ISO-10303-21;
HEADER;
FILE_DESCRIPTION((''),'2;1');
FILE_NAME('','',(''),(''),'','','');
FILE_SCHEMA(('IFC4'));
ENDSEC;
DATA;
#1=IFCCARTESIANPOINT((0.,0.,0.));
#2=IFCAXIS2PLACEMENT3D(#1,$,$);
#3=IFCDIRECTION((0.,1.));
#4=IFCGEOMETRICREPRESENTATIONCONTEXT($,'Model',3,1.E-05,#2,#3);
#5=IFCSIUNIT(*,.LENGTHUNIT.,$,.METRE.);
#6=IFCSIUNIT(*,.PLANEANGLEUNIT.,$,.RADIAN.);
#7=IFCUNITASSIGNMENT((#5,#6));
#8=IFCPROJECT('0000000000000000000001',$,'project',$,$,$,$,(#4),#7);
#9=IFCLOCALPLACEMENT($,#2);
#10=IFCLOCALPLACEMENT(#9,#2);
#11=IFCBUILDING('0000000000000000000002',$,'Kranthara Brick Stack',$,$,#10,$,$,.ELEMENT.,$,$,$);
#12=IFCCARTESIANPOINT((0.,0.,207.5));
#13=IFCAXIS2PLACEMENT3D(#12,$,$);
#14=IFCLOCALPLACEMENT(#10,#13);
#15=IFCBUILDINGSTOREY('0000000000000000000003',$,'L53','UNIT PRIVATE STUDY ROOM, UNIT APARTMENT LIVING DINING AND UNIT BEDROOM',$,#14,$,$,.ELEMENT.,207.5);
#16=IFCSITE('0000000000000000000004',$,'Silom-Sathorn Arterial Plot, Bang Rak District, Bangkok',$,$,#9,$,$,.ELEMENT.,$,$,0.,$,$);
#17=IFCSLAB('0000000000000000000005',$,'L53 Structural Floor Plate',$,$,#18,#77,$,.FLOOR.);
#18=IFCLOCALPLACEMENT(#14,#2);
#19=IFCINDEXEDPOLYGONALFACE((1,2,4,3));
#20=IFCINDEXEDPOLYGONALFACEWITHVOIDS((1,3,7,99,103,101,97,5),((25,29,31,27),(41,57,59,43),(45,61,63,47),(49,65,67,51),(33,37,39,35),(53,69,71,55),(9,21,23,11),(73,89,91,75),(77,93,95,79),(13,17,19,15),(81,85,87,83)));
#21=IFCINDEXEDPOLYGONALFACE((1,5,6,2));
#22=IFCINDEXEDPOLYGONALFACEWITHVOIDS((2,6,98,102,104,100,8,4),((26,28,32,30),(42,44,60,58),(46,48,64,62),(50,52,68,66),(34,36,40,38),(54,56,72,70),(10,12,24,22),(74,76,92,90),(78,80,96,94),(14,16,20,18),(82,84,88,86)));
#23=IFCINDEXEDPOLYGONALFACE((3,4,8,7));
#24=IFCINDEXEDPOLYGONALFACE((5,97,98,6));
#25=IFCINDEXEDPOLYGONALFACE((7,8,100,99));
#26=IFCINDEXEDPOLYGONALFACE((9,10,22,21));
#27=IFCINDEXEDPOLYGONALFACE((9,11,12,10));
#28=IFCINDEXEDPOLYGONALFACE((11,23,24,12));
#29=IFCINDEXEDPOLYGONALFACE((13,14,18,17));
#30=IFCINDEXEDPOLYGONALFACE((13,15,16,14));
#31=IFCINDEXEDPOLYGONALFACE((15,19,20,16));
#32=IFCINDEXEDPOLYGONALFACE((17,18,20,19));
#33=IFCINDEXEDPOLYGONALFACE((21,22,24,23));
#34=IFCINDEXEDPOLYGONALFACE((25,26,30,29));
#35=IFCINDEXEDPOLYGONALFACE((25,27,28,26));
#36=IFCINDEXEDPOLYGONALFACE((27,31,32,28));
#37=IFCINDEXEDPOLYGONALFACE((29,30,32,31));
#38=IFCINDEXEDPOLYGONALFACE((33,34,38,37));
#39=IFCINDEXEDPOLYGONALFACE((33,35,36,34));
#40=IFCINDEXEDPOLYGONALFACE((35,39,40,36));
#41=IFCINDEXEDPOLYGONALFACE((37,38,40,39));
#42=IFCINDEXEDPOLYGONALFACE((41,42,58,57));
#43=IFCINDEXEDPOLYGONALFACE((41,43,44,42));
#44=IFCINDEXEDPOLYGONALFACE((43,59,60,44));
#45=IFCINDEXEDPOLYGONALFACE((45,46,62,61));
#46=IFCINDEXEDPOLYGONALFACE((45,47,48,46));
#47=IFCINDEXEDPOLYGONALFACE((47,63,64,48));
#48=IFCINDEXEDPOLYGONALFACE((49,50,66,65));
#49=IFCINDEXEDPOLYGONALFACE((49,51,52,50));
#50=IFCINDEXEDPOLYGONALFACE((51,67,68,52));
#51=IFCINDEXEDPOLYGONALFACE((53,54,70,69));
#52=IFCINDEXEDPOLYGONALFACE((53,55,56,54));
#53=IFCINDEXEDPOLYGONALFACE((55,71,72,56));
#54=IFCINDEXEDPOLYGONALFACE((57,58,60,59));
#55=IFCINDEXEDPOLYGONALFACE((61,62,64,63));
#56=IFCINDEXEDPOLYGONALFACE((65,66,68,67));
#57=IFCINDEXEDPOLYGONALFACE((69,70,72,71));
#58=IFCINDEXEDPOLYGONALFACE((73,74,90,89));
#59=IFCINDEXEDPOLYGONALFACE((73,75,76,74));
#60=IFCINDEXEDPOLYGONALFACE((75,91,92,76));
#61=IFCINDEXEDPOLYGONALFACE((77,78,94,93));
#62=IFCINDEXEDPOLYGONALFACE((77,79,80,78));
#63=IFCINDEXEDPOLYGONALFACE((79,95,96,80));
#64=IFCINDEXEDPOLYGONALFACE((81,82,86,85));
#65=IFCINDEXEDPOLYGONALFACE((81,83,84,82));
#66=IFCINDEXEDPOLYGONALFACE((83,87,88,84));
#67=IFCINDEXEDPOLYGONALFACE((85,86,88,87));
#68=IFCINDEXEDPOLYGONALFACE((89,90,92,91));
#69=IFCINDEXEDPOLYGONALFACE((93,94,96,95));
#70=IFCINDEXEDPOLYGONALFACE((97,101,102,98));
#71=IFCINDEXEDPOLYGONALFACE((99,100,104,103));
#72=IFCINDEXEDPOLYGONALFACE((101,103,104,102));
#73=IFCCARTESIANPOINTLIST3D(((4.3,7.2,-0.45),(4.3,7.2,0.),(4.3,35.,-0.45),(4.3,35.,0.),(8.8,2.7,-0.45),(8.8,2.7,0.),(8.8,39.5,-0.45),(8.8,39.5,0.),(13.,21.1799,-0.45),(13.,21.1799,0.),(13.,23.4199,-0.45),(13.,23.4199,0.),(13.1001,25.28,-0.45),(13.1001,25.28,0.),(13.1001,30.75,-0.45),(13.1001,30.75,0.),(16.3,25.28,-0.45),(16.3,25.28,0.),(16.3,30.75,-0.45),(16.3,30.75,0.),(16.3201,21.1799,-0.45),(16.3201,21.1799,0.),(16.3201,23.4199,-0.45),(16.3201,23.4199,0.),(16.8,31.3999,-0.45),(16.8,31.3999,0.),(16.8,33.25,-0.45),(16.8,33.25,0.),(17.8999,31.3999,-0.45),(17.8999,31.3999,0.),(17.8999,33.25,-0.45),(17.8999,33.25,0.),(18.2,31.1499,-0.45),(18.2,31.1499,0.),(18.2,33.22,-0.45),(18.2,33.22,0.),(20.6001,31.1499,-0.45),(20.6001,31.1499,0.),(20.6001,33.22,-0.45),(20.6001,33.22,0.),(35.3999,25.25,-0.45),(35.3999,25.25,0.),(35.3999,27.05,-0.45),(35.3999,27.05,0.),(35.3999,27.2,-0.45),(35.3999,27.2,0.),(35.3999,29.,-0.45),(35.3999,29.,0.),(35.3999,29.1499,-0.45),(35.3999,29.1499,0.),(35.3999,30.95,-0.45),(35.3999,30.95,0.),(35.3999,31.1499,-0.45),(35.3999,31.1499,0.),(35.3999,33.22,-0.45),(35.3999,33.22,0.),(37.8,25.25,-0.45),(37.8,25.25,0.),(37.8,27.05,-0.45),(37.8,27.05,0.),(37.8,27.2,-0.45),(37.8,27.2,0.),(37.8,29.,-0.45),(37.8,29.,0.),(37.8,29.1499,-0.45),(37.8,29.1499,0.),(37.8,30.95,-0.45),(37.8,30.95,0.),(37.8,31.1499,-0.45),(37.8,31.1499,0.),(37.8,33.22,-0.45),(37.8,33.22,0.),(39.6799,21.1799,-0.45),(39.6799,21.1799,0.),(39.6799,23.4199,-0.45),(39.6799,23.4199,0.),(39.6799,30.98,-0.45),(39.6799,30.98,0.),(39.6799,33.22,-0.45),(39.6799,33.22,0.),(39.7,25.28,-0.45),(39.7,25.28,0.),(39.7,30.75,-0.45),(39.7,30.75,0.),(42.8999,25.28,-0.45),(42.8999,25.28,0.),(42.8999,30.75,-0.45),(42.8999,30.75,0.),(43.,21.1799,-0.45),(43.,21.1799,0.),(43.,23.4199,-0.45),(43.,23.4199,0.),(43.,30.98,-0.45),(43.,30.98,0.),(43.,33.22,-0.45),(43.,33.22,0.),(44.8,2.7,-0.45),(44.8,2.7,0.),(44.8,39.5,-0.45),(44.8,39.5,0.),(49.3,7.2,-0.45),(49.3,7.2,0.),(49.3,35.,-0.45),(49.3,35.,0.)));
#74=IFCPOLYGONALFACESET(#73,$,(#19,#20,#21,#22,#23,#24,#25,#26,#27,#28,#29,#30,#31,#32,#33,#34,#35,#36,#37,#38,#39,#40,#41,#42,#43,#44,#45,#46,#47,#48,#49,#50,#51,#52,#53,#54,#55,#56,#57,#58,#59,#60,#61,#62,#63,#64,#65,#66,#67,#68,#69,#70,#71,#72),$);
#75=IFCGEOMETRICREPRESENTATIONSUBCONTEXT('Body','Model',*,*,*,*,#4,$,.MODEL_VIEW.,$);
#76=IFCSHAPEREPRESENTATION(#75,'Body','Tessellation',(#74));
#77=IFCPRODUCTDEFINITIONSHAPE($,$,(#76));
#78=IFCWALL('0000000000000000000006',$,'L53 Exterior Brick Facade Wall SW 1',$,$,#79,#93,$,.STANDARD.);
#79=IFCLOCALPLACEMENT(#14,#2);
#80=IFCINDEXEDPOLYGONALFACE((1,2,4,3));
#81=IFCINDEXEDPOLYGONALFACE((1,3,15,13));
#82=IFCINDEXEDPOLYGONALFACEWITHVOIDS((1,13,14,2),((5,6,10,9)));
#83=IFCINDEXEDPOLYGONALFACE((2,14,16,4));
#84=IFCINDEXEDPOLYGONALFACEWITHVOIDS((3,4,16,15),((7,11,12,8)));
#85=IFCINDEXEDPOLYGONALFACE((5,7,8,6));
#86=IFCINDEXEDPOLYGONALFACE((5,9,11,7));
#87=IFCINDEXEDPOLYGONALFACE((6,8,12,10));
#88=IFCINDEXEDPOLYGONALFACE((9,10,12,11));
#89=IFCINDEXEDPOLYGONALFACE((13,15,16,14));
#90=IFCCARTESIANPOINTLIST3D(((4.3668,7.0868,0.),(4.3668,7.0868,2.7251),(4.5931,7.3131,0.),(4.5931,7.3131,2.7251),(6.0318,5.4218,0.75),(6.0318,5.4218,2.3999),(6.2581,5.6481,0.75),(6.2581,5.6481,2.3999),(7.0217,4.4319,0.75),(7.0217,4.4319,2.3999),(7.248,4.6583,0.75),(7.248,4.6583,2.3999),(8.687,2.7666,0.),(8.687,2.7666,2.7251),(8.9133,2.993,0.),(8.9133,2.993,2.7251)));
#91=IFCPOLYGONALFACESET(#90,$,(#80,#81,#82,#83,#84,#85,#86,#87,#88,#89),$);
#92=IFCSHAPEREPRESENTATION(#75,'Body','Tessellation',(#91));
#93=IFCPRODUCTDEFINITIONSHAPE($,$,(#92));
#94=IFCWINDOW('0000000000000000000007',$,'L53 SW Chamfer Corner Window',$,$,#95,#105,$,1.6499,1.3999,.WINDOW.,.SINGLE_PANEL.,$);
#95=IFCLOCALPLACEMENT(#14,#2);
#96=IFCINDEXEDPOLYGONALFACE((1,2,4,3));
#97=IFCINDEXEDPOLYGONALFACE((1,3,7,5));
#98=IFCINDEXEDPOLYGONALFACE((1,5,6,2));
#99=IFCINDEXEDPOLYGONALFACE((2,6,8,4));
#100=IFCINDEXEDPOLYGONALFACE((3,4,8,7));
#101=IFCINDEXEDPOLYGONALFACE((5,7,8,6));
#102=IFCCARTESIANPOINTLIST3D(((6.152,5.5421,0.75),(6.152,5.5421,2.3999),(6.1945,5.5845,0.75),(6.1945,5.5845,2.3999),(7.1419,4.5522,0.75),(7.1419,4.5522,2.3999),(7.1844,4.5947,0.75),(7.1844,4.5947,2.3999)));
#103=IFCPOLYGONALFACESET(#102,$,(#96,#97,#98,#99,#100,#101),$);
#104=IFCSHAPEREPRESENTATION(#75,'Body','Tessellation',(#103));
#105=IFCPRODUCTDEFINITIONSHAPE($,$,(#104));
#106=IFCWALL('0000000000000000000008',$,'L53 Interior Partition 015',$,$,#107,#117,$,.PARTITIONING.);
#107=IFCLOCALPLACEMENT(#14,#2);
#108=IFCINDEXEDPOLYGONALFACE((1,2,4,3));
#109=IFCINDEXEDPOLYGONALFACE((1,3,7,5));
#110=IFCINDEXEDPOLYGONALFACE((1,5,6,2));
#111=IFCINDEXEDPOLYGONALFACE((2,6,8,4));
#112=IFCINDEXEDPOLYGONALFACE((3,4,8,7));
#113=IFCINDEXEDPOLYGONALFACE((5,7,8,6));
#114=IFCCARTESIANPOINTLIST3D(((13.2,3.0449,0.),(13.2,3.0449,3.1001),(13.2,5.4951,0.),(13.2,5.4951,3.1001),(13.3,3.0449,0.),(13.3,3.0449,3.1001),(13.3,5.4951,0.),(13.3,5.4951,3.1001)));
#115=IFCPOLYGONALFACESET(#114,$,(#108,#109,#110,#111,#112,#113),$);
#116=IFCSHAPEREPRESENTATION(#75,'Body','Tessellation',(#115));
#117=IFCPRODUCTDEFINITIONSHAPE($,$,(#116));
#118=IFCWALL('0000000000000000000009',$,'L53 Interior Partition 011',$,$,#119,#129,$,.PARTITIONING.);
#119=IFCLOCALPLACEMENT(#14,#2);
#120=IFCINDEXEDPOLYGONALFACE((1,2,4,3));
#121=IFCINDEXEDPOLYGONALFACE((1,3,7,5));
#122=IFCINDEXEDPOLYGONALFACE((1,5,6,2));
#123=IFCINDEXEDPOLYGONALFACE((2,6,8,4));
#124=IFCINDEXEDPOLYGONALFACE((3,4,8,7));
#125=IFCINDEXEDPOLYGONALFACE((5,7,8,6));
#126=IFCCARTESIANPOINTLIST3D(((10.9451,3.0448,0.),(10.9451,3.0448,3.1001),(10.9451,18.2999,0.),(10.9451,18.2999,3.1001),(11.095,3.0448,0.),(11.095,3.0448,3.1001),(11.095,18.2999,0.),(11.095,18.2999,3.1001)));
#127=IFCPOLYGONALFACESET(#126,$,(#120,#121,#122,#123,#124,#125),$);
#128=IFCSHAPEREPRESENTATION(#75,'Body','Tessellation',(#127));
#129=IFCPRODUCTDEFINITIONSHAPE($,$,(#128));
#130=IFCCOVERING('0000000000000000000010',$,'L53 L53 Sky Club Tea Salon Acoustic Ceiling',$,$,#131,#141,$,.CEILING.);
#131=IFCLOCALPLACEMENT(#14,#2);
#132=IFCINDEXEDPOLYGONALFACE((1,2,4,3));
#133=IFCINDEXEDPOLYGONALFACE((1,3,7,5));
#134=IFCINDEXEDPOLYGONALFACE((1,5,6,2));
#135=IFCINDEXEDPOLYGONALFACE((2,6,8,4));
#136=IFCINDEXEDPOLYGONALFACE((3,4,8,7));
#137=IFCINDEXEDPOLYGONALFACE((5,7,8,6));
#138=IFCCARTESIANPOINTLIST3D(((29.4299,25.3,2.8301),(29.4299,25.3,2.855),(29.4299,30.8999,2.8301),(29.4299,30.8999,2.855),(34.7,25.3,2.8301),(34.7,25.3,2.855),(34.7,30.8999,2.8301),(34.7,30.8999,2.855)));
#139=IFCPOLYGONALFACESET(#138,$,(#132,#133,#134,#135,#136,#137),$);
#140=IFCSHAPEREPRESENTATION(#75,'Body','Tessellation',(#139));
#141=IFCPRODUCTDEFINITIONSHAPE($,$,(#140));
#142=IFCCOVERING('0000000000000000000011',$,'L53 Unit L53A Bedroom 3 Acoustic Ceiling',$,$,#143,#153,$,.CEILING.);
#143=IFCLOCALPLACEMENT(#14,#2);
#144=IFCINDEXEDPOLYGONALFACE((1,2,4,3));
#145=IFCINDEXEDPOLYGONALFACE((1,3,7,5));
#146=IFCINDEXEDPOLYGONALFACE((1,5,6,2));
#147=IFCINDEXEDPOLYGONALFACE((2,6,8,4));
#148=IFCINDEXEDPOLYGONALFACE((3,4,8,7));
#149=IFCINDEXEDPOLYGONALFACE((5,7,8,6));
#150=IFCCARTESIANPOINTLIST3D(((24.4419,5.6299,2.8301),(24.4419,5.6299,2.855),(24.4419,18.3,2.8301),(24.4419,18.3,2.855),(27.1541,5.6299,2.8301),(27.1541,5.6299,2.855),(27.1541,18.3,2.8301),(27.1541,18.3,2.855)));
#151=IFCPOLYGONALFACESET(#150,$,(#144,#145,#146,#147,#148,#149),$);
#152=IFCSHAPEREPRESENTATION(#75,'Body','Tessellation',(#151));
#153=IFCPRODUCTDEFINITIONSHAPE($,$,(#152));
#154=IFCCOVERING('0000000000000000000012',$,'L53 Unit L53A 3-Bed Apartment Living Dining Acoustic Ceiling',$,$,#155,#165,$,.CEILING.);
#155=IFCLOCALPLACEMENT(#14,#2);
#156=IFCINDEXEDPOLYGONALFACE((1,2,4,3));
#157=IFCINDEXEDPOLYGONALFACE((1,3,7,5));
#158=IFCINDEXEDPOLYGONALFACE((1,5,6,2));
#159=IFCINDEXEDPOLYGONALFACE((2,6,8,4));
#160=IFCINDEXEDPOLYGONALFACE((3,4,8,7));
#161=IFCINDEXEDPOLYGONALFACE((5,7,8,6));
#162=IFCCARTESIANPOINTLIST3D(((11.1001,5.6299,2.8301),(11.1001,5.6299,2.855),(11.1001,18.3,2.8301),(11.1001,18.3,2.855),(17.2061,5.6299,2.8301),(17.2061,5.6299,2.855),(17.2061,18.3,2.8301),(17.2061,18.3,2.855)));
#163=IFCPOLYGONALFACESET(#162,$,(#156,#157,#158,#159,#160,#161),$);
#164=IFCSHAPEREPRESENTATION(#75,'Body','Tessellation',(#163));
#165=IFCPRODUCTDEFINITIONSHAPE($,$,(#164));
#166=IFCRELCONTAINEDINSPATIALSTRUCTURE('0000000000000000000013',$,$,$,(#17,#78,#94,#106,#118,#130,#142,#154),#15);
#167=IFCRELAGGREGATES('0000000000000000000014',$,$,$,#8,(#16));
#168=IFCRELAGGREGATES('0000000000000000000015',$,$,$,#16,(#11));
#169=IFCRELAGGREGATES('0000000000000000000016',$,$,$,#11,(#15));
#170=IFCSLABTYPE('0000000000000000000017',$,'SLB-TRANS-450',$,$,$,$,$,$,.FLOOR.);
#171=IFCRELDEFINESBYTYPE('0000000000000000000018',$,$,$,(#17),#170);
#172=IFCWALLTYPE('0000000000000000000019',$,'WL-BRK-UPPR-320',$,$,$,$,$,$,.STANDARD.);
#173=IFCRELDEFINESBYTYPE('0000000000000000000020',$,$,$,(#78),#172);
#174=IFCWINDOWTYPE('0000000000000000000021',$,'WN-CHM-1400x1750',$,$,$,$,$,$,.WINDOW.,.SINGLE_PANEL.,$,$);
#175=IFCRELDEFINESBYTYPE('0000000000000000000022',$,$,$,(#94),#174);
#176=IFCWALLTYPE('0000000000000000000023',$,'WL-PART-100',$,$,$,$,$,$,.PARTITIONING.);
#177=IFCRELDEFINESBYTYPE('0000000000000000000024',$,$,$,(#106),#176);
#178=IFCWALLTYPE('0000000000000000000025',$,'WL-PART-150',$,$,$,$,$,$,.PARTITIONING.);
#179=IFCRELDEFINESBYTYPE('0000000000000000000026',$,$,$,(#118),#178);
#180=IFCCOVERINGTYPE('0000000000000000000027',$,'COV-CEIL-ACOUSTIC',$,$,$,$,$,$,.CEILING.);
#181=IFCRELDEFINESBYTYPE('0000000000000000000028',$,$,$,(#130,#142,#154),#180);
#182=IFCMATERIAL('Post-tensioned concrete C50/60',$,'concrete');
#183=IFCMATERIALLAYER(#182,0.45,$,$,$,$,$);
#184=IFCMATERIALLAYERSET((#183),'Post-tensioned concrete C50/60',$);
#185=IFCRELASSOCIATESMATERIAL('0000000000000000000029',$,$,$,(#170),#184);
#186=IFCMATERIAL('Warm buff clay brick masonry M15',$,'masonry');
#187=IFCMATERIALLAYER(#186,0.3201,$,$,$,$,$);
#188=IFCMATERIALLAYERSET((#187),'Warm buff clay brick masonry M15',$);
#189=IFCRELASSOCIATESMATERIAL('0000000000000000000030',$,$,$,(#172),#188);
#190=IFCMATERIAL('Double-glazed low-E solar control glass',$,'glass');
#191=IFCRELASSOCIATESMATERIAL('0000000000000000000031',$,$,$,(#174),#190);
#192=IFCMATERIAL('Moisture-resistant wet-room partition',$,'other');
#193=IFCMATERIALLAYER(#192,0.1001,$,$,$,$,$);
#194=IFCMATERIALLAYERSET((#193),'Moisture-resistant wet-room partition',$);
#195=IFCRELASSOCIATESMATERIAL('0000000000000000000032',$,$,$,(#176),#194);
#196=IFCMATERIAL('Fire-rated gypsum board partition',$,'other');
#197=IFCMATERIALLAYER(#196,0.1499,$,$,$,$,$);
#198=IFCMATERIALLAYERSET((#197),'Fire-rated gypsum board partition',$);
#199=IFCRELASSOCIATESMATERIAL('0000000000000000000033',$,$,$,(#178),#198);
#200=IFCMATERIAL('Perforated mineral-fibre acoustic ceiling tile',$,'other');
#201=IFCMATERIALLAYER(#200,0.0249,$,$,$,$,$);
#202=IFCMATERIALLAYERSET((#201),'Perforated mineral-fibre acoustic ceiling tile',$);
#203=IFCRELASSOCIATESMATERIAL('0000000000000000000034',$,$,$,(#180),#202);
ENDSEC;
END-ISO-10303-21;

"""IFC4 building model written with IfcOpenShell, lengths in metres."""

from ifc_helpers import new_model, si_unit, direction, frame, frame_2d, origin, place, context, subcontext, project, spatial, polyline, rectangle, outline, extrude, material, layer, layer_set, type_object, element, fill, save


model = new_model("IFC4")

# Units and contexts
model_context = context("Model", 3, precision=1e-05, world=origin(), true_north=direction((0.0, 1.0)))
body_context = subcontext(model_context, "Body", "Model", "MODEL_VIEW")
ifc_project = project(units=[si_unit("LENGTHUNIT", "METRE"), si_unit("PLANEANGLEUNIT", "RADIAN")], contexts=[model_context])

# Site, building, storey
site_placement = place(None, origin())
site = spatial("IfcSite", under=ifc_project, at=site_placement, Name="Silom-Sathorn Arterial Plot, Bang Rak District, Bangkok", CompositionType="ELEMENT", RefElevation=0.0)
building_placement = place(site_placement, origin())
building = spatial("IfcBuilding", under=site, at=building_placement, Name="Kranthara Brick Stack", CompositionType="ELEMENT")
storey_placement = place(building_placement, frame((0.0, 0.0, 207.5)))
storey = spatial("IfcBuildingStorey", under=building, at=storey_placement, Name="L53", Description="UNIT PRIVATE STUDY ROOM, UNIT APARTMENT LIVING DINING AND UNIT BEDROOM", CompositionType="ELEMENT", Elevation=207.5)

# Slab
ifc_material_1 = material(Name="Post-tensioned concrete C50/60", Category="concrete")
ifc_layer_1 = layer(ifc_material_1, 0.45)
ifc_layer_set_1 = layer_set([ifc_layer_1], Name="Post-tensioned concrete C50/60")
slab_type_1 = type_object("IfcSlabType", Name="SLB-TRANS-450", PredefinedType="FLOOR", material=ifc_layer_set_1)
slab_1_placement = place(storey_placement, frame((0.0, 0.0, -0.45)))
element("IfcSlab", 1, at=slab_1_placement, inside=storey, type_object=slab_type_1, Name="L53 Structural Floor Plate", PredefinedType="FLOOR", context=body_context, shape_type="SweptSolid", body=[
    extrude(outline(polyline([(8.8, 2.7), (44.8, 2.7), (49.3, 7.2), (49.3, 35.0), (44.8, 39.5), (8.8, 39.5), (4.3, 35.0), (4.3, 7.2), (8.8, 2.7)]), holes=[polyline([(13.1001, 25.28), (16.3, 25.28), (16.3, 30.75), (13.1001, 30.75), (13.1001, 25.28)]), polyline([(39.7, 25.28), (42.8999, 25.28), (42.8999, 30.75), (39.7, 30.75), (39.7, 25.28)]), polyline([(13.0, 21.1799), (16.3201, 21.1799), (16.3201, 23.4199), (13.0, 23.4199), (13.0, 21.1799)]), polyline([(39.6799, 21.1799), (43.0, 21.1799), (43.0, 23.4199), (39.6799, 23.4199), (39.6799, 21.1799)]), polyline([(39.6799, 30.98), (43.0, 30.98), (43.0, 33.22), (39.6799, 33.22), (39.6799, 30.98)]), polyline([(35.3999, 25.25), (37.8, 25.25), (37.8, 27.05), (35.3999, 27.05), (35.3999, 25.25)]), polyline([(35.3999, 27.2), (37.8, 27.2), (37.8, 29.0), (35.3999, 29.0), (35.3999, 27.2)]), polyline([(35.3999, 29.1499), (37.8, 29.1499), (37.8, 30.95), (35.3999, 30.95), (35.3999, 29.1499)]), polyline([(18.2, 31.1499), (20.6001, 31.1499), (20.6001, 33.22), (18.2, 33.22), (18.2, 31.1499)]), polyline([(35.3999, 31.1499), (37.8, 31.1499), (37.8, 33.22), (35.3999, 33.22), (35.3999, 31.1499)]), polyline([(16.8, 31.3999), (17.8999, 31.3999), (17.8999, 33.25), (16.8, 33.25), (16.8, 31.3999)])]), origin(), (0.0, 0.0, 1.0), 0.45),
])

# Wall, opening, window
ifc_material_2 = material(Name="Warm buff clay brick masonry M15", Category="masonry")
ifc_layer_2 = layer(ifc_material_2, 0.3201)
ifc_layer_set_2 = layer_set([ifc_layer_2], Name="Warm buff clay brick masonry M15")
wall_type_1 = type_object("IfcWallType", Name="WL-BRK-UPPR-320", PredefinedType="STANDARD", material=ifc_layer_set_2)
wall_1_placement = place(storey_placement, frame((8.8, 2.8799, 0.0), z_axis=(0.0, 0.0, 1.0), x_axis=(-0.707107, 0.707107, 0.0)))
wall_1 = element("IfcWall", 2, at=wall_1_placement, inside=storey, type_object=wall_type_1, Name="L53 Exterior Brick Facade Wall SW 1", PredefinedType="STANDARD", context=body_context, shape_type="SweptSolid", body=[
    extrude(rectangle(XDim=6.1096, YDim=0.3201, at=frame_2d((3.0547, 0.0))), origin(), (0.0, 0.0, 1.0), 2.7251),
])
opening_placement = place(wall_1_placement, frame((2.355, 0.0, 0.75)))
opening = element("IfcOpeningElement", 3, at=opening_placement, cuts=wall_1, PredefinedType="OPENING", context=body_context, shape_type="SweptSolid", body=[
    extrude(rectangle(XDim=1.3999, YDim=1.6499, at=frame_2d((0.7, 0.825))), frame((0.0, 0.1699, 0.0), z_axis=(0.0, -1.0, 0.0), x_axis=(1.0, 0.0, 0.0)), (0.0, 0.0, 1.0), 0.3401),
])
ifc_material_3 = material(Name="Double-glazed low-E solar control glass", Category="glass")
window_type = type_object("IfcWindowType", Name="WN-CHM-1400x1750", PartitioningType="SINGLE_PANEL", PredefinedType="WINDOW", material=ifc_material_3)
window_placement = place(opening_placement, origin())
window = element("IfcWindow", 4, at=window_placement, inside=storey, type_object=window_type, Name="L53 SW Chamfer Corner Window", OverallHeight=1.6499, OverallWidth=1.3999, PartitioningType="SINGLE_PANEL", PredefinedType="WINDOW", context=body_context, shape_type="SweptSolid", body=[
    extrude(rectangle(XDim=1.3999, YDim=1.6499, at=frame_2d((0.7, 0.825))), frame((0.0, -0.01, 0.0), z_axis=(0.0, -1.0, 0.0), x_axis=(1.0, 0.0, 0.0)), (0.0, 0.0, 1.0), 0.0601),
])
fill(opening, window)

# Walls
ifc_material_4 = material(Name="Moisture-resistant wet-room partition", Category="other")
ifc_layer_3 = layer(ifc_material_4, 0.1001)
ifc_layer_set_3 = layer_set([ifc_layer_3], Name="Moisture-resistant wet-room partition")
wall_type_2 = type_object("IfcWallType", Name="WL-PART-100", PredefinedType="PARTITIONING", material=ifc_layer_set_3)
wall_2_placement = place(storey_placement, frame((13.25, 3.0449, 0.0), z_axis=(0.0, 0.0, 1.0), x_axis=(0.0, 1.0, 0.0)))
element("IfcWall", 5, at=wall_2_placement, inside=storey, type_object=wall_type_2, Name="L53 Interior Partition 015", PredefinedType="PARTITIONING", context=body_context, shape_type="SweptSolid", body=[
    extrude(rectangle(XDim=2.4502, YDim=0.1001, at=frame_2d((1.2251, 0.0))), origin(), (0.0, 0.0, 1.0), 3.1001),
])
ifc_material_5 = material(Name="Fire-rated gypsum board partition", Category="other")
ifc_layer_4 = layer(ifc_material_5, 0.1499)
ifc_layer_set_4 = layer_set([ifc_layer_4], Name="Fire-rated gypsum board partition")
wall_type_3 = type_object("IfcWallType", Name="WL-PART-150", PredefinedType="PARTITIONING", material=ifc_layer_set_4)
wall_3_placement = place(storey_placement, frame((11.02, 3.0449, 0.0), z_axis=(0.0, 0.0, 1.0), x_axis=(0.0, 1.0, 0.0)))
element("IfcWall", 6, at=wall_3_placement, inside=storey, type_object=wall_type_3, Name="L53 Interior Partition 011", PredefinedType="PARTITIONING", context=body_context, shape_type="SweptSolid", body=[
    extrude(rectangle(XDim=15.2551, YDim=0.1499, at=frame_2d((7.6274, 0.0))), origin(), (0.0, 0.0, 1.0), 3.1001),
])

# Coverings
ifc_material_6 = material(Name="Perforated mineral-fibre acoustic ceiling tile", Category="other")
ifc_layer_5 = layer(ifc_material_6, 0.0249)
ifc_layer_set_5 = layer_set([ifc_layer_5], Name="Perforated mineral-fibre acoustic ceiling tile")
covering_type_1 = type_object("IfcCoveringType", Name="COV-CEIL-ACOUSTIC", PredefinedType="CEILING", material=ifc_layer_set_5)
covering_1_placement = place(storey_placement, frame((0.0, 0.0, 2.8301)))
element("IfcCovering", 7, at=covering_1_placement, inside=storey, type_object=covering_type_1, Name="L53 L53 Sky Club Tea Salon Acoustic Ceiling", PredefinedType="CEILING", context=body_context, shape_type="SweptSolid", body=[
    extrude(outline(polyline([(34.7, 25.3), (34.7, 30.8999), (29.4299, 30.8999), (29.4299, 25.3), (34.7, 25.3)])), origin(), (0.0, 0.0, 1.0), 0.0249),
])
covering_2_placement = place(storey_placement, frame((0.0, 0.0, 2.8301)))
element("IfcCovering", 8, at=covering_2_placement, inside=storey, type_object=covering_type_1, Name="L53 Unit L53A Bedroom 3 Acoustic Ceiling", PredefinedType="CEILING", context=body_context, shape_type="SweptSolid", body=[
    extrude(outline(polyline([(27.1541, 5.6299), (27.1541, 18.3), (24.4419, 18.3), (24.4419, 5.6299), (27.1541, 5.6299)])), origin(), (0.0, 0.0, 1.0), 0.0249),
])
covering_3_placement = place(storey_placement, frame((0.0, 0.0, 2.8301)))
element("IfcCovering", 9, at=covering_3_placement, inside=storey, type_object=covering_type_1, Name="L53 Unit L53A 3-Bed Apartment Living Dining Acoustic Ceiling", PredefinedType="CEILING", context=body_context, shape_type="SweptSolid", body=[
    extrude(outline(polyline([(17.2061, 5.6299), (17.2061, 18.3), (11.1001, 18.3), (11.1001, 5.6299), (17.2061, 5.6299)])), origin(), (0.0, 0.0, 1.0), 0.0249),
])

save(model, "model.ifc")
